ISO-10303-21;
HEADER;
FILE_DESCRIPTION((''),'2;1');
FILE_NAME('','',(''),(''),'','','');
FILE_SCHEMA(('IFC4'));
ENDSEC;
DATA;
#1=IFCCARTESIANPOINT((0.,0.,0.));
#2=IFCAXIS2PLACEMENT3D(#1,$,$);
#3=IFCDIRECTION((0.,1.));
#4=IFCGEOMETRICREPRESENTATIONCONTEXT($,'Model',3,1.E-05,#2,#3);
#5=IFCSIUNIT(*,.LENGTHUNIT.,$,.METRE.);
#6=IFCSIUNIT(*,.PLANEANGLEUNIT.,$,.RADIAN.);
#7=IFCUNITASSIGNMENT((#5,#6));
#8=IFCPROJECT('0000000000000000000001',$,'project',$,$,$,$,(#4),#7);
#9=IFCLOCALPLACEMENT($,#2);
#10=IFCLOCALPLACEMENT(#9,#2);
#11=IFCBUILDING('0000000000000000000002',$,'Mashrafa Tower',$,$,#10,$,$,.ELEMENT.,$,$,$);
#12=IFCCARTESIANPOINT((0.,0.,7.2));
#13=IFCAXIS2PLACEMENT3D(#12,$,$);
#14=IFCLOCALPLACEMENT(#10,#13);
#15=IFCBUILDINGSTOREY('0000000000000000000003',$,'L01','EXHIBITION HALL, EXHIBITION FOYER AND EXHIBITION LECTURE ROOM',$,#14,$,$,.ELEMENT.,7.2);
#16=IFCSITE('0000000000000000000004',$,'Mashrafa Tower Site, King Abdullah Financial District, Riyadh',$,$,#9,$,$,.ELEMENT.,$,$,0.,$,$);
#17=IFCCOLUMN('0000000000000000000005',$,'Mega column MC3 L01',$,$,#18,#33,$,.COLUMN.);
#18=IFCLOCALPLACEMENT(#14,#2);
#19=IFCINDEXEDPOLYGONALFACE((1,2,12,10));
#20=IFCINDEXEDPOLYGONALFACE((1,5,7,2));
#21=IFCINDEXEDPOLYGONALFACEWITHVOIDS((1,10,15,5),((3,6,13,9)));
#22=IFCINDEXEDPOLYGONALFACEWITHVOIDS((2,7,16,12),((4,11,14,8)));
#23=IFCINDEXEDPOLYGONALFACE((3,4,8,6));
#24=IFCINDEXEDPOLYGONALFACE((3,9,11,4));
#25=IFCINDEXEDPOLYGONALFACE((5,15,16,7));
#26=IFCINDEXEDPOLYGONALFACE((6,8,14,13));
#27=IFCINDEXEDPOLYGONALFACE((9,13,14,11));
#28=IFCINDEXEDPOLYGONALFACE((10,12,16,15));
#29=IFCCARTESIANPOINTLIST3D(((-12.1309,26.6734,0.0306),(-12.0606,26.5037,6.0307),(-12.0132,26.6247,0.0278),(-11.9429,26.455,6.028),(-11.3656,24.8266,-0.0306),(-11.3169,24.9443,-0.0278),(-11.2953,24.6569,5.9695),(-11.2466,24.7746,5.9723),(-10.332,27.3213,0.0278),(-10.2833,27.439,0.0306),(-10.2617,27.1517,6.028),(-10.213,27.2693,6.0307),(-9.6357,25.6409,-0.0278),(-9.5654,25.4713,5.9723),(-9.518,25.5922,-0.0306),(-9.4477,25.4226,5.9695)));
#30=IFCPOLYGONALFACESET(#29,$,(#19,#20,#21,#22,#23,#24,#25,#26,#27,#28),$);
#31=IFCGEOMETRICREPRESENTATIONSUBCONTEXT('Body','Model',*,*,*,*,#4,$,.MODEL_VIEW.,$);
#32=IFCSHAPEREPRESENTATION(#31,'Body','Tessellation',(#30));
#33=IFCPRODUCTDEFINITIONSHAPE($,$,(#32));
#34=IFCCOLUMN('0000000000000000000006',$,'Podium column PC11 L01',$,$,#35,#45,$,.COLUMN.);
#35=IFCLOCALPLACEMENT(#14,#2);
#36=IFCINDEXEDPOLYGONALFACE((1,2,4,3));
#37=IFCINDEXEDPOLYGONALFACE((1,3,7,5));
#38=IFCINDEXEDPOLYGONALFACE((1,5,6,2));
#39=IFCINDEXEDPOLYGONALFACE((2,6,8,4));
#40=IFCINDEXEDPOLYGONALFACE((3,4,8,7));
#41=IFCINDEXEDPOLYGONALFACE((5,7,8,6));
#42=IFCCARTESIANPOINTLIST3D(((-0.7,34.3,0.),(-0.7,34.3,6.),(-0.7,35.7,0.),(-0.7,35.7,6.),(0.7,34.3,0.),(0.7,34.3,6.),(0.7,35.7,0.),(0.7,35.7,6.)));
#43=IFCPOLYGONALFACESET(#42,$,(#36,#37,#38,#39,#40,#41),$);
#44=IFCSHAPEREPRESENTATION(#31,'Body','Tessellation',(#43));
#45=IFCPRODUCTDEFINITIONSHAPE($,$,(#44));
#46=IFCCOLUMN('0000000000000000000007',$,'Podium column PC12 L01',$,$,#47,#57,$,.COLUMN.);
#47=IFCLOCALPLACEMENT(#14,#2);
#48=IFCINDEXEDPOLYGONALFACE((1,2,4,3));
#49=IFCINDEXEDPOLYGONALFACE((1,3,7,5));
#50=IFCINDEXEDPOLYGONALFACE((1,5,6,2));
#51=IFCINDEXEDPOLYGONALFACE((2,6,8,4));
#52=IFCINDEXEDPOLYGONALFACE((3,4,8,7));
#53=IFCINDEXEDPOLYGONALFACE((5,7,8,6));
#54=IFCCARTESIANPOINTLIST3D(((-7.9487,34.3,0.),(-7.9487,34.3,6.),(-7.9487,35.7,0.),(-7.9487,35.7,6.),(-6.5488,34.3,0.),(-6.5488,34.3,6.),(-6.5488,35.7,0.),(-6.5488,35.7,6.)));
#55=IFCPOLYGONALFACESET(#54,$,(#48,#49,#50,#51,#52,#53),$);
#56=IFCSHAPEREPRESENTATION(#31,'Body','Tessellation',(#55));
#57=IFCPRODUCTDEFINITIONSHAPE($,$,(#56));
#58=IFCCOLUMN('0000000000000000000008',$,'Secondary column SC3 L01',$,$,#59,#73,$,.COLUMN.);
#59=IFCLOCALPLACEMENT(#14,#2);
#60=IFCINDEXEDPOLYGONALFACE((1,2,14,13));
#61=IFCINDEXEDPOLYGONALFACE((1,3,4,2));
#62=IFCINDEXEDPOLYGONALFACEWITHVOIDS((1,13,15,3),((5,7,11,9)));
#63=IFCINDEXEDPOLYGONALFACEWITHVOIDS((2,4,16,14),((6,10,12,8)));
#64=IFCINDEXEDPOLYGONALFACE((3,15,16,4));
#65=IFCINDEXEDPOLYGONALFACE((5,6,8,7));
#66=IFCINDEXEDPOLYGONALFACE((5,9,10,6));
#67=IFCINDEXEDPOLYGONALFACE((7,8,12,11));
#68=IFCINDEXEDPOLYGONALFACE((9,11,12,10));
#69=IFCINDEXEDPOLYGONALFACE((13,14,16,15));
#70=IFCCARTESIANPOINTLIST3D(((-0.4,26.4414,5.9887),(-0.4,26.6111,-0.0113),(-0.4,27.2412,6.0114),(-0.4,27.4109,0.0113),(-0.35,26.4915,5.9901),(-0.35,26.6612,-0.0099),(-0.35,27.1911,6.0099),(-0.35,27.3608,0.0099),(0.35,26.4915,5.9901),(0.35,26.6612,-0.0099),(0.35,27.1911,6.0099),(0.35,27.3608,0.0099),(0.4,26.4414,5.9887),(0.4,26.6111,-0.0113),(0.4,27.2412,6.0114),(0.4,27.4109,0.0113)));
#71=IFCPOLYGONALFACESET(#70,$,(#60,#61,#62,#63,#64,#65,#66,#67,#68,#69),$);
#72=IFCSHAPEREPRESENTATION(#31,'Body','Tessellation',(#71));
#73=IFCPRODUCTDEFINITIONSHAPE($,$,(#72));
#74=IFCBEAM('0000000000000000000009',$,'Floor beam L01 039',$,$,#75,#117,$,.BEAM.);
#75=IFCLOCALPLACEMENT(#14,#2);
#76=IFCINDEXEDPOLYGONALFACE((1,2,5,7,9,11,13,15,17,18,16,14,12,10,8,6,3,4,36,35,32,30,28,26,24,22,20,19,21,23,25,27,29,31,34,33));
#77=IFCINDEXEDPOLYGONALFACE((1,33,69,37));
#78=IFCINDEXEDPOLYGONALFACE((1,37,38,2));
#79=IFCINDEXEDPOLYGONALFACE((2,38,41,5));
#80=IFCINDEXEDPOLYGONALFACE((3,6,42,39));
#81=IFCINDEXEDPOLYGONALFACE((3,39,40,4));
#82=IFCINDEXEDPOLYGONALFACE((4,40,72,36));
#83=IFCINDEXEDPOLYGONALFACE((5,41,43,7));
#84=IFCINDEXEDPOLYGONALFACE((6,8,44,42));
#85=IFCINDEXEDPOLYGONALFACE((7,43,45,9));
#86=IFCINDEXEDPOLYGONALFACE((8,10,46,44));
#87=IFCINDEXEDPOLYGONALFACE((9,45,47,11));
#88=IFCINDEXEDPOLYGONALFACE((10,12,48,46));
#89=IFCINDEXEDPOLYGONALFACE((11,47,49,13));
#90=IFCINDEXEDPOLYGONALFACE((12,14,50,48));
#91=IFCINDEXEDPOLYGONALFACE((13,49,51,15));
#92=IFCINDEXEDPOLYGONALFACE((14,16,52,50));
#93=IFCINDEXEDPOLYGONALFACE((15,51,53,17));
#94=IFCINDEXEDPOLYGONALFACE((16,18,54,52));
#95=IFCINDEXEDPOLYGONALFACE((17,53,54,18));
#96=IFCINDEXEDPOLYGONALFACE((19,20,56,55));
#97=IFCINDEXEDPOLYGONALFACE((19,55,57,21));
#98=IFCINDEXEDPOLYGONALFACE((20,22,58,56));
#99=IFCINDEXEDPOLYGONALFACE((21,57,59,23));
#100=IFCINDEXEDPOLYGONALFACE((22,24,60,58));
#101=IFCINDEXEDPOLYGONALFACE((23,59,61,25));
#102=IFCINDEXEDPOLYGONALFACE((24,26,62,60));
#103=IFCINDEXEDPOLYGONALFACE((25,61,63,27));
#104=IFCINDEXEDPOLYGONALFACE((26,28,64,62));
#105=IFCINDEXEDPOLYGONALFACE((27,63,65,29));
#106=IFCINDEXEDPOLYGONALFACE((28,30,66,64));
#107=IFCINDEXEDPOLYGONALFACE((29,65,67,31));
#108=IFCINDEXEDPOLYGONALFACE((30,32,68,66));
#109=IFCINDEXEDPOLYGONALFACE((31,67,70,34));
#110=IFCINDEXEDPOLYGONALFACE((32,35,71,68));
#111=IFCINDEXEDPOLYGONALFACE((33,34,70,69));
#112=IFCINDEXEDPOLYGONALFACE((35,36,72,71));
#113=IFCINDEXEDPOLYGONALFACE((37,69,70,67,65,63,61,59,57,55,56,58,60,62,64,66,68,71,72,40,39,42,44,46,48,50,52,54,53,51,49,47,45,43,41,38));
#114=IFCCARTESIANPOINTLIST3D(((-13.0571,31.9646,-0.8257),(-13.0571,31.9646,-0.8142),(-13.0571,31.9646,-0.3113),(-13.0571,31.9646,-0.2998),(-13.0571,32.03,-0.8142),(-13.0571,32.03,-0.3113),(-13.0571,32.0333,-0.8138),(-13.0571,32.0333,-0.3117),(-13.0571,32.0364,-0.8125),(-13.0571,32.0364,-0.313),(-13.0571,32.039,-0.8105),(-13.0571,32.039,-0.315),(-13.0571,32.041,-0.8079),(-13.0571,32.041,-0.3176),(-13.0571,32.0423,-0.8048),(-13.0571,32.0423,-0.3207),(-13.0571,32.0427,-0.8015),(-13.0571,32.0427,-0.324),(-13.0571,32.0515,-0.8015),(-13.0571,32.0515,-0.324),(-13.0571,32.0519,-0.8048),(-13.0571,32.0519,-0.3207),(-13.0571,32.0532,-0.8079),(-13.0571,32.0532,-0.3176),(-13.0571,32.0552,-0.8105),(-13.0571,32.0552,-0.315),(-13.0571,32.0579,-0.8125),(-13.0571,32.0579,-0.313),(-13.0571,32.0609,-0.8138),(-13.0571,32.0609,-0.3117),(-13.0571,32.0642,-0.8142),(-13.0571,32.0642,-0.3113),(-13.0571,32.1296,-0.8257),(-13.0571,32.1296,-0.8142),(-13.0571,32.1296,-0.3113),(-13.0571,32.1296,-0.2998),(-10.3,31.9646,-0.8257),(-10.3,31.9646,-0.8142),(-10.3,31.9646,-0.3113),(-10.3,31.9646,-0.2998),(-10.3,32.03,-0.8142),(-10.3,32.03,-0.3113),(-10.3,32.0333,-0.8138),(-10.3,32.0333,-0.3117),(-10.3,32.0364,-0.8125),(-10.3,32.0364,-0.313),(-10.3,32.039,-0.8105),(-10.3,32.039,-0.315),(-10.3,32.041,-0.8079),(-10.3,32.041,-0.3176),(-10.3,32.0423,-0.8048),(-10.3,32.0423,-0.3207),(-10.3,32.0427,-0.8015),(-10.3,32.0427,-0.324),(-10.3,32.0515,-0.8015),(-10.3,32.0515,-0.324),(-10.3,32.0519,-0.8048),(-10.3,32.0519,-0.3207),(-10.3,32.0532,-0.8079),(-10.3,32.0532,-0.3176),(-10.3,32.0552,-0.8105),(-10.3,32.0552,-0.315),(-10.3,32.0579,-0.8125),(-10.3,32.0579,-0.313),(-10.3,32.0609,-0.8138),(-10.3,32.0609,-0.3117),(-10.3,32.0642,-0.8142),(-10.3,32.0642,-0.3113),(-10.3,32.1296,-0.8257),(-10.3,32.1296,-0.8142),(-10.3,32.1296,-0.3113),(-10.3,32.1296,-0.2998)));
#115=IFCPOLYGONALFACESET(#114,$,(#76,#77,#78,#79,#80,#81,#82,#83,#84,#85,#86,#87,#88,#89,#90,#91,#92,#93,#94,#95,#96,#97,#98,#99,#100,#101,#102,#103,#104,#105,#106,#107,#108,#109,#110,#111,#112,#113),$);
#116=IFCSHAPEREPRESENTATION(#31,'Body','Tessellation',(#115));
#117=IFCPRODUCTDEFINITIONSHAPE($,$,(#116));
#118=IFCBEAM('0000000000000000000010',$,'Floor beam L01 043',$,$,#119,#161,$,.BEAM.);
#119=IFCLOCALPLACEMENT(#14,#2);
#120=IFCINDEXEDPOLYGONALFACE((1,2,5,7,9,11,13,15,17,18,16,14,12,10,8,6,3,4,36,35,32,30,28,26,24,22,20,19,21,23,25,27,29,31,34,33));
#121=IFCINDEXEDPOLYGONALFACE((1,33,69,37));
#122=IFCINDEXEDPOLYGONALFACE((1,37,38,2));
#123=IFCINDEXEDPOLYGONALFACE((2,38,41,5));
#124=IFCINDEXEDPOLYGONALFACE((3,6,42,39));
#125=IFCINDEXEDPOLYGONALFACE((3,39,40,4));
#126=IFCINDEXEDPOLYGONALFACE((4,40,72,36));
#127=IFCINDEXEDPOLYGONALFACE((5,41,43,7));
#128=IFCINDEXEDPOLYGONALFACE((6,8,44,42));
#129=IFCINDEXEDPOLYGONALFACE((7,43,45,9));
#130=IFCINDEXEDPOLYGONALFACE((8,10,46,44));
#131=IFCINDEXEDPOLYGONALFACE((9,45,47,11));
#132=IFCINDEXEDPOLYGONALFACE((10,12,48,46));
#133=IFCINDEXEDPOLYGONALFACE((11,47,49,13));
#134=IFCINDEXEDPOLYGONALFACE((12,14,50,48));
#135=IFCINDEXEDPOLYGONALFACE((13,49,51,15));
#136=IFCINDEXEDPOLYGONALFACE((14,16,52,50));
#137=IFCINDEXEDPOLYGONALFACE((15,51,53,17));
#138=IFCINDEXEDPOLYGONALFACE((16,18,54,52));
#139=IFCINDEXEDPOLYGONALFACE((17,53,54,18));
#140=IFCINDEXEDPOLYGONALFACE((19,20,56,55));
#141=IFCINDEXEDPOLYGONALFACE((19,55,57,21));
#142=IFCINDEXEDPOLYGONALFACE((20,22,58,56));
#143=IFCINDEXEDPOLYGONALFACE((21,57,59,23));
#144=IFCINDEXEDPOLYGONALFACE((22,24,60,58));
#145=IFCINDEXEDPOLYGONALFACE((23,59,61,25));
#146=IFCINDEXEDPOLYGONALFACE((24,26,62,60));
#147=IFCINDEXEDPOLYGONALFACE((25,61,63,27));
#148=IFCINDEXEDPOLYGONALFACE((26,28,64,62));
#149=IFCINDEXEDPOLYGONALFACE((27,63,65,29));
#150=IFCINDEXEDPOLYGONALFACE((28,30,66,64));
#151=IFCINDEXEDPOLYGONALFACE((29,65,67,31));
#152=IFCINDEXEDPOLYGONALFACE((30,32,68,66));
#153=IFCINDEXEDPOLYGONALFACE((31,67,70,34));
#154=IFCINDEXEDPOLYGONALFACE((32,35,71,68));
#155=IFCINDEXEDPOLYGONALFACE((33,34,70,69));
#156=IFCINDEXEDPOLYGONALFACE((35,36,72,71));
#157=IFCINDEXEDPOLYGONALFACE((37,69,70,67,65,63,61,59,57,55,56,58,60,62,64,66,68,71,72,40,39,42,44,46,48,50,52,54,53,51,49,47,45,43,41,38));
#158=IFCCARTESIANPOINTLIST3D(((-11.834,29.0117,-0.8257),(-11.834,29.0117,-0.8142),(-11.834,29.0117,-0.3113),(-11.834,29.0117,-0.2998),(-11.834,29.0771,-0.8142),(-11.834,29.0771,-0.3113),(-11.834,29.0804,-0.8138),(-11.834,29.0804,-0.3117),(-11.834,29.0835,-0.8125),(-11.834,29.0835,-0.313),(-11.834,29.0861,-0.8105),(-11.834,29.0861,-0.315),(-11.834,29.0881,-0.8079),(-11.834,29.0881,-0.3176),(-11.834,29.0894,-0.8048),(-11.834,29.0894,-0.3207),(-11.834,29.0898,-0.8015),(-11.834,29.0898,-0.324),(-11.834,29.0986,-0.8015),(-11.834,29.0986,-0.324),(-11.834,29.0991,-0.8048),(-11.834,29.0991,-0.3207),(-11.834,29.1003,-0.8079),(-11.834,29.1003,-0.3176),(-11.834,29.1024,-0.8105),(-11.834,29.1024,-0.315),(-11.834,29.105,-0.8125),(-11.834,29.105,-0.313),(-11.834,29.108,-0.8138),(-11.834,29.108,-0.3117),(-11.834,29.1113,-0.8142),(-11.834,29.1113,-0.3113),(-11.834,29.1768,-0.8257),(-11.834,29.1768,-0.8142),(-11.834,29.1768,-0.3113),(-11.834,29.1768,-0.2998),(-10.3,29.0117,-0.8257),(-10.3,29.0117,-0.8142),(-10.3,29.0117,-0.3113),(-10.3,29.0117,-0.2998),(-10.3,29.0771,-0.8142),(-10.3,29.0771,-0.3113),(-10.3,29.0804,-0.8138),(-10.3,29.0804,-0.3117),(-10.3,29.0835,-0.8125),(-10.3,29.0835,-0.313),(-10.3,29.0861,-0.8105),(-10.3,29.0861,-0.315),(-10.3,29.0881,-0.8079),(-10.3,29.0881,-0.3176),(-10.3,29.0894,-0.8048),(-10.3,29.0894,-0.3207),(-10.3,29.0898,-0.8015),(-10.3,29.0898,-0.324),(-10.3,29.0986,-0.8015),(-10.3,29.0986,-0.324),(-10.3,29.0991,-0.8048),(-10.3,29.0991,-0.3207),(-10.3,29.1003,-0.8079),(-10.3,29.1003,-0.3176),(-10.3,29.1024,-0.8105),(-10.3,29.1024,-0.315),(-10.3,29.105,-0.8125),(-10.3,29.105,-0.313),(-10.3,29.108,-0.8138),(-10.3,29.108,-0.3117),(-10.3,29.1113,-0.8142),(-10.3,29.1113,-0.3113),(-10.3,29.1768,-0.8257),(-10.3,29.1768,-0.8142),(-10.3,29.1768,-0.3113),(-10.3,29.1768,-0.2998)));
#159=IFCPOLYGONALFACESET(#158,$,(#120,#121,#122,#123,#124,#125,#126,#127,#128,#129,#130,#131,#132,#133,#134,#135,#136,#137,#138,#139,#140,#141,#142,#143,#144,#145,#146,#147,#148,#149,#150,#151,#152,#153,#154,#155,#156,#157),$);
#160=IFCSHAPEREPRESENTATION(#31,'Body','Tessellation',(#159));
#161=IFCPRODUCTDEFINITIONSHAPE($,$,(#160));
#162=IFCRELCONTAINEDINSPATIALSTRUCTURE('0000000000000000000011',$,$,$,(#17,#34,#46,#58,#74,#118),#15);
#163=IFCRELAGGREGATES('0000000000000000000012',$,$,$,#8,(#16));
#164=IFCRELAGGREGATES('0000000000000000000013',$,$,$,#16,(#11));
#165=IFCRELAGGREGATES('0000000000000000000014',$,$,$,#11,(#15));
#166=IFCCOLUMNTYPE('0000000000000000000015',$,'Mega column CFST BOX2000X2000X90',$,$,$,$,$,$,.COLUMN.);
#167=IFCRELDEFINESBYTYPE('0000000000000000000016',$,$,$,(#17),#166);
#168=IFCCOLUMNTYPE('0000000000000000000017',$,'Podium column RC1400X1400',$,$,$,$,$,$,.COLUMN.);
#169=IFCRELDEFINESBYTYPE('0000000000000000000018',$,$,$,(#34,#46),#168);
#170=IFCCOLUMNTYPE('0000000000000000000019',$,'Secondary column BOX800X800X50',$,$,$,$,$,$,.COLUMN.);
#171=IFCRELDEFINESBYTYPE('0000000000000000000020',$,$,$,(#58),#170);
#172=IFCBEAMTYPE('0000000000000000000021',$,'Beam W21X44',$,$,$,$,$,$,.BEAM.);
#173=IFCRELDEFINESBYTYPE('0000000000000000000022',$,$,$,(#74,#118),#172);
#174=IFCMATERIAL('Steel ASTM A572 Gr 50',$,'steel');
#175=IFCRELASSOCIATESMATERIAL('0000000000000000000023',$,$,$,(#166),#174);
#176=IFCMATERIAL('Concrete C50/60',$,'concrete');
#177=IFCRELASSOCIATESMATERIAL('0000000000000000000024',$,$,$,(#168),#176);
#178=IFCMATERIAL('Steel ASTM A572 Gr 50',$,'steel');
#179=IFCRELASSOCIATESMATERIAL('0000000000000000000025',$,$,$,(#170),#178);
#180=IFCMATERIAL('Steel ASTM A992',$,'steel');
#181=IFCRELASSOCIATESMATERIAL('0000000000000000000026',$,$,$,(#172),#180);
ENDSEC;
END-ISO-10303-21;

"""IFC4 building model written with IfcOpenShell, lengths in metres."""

from ifc_helpers import new_model, si_unit, direction, frame, origin, origin_2d, place, context, subcontext, project, spatial, rectangle, hollow_rectangle, i_section, extrude, material, material_profile, profile_set, type_object, element, save


model = new_model("IFC4")

# Units and contexts
model_context = context("Model", 3, precision=1e-05, world=origin(), true_north=direction((0.0, 1.0)))
body_context = subcontext(model_context, "Body", "Model", "MODEL_VIEW")
ifc_project = project(units=[si_unit("LENGTHUNIT", "METRE"), si_unit("PLANEANGLEUNIT", "RADIAN")], contexts=[model_context])

# Site, building, storey
site_placement = place(None, origin())
site = spatial("IfcSite", under=ifc_project, at=site_placement, Name="Mashrafa Tower Site, King Abdullah Financial District, Riyadh", CompositionType="ELEMENT", RefElevation=0.0)
building_placement = place(site_placement, origin())
building = spatial("IfcBuilding", under=site, at=building_placement, Name="Mashrafa Tower", CompositionType="ELEMENT")
storey_placement = place(building_placement, frame((0.0, 0.0, 7.2)))
storey = spatial("IfcBuildingStorey", under=building, at=storey_placement, Name="L01", Description="EXHIBITION HALL, EXHIBITION FOYER AND EXHIBITION LECTURE ROOM", CompositionType="ELEMENT", Elevation=7.2)

# Columns
ifc_material_1 = material(Name="Steel ASTM A572 Gr 50", Category="steel")
ifc_material_profile_1 = material_profile(ifc_material_1, hollow_rectangle(XDim=2.0, YDim=2.0, WallThickness=0.0901, at=origin_2d()), Name="BOX2000X2000X90")
ifc_profile_set_1 = profile_set([ifc_material_profile_1], Name="Steel ASTM A572 Gr 50")
column_type_1 = type_object("IfcColumnType", Name="Mega column CFST BOX2000X2000X90", PredefinedType="COLUMN", material=ifc_profile_set_1)
column_1_placement = place(storey_placement, frame((-10.8245, 26.1328, 0.0), z_axis=(0.011713, -0.028266, 0.999532), x_axis=(0.923822, 0.382821, 0.0)))
element("IfcColumn", 1, at=column_1_placement, inside=storey, type_object=column_type_1, Name="Mega column MC3 L01", PredefinedType="COLUMN", context=body_context, shape_type="SweptSolid", body=[
    extrude(hollow_rectangle(XDim=2.0, YDim=2.0, WallThickness=0.0901, at=origin_2d()), origin(), (0.0, 0.0, 1.0), 6.0029),
])
ifc_material_2 = material(Name="Concrete C50/60", Category="concrete")
ifc_material_profile_2 = material_profile(ifc_material_2, rectangle(XDim=1.3999, YDim=1.3999, at=origin_2d()), Name="RC1400X1400")
ifc_profile_set_2 = profile_set([ifc_material_profile_2], Name="Concrete C50/60")
column_type_2 = type_object("IfcColumnType", Name="Podium column RC1400X1400", PredefinedType="COLUMN", material=ifc_profile_set_2)
for number, where, z_axis, x_axis, name in (
    (2, (0.0, 35.0, 0.0), (0.0, 0.0, 1.0), (1.0, 0.0, 0.0), "Podium column PC11 L01"),
    (3, (-7.2488, 35.0, 0.0), (0.0, 0.0, 1.0), (1.0, 0.0, 0.0), "Podium column PC12 L01"),
):
    element("IfcColumn", number, at=place(storey_placement, frame(where, z_axis=z_axis, x_axis=x_axis)), inside=storey, type_object=column_type_2, Name=name, PredefinedType="COLUMN", context=body_context, shape_type="SweptSolid", body=[
        extrude(rectangle(XDim=1.3999, YDim=1.3999, at=origin_2d()), origin(), (0.0, 0.0, 1.0), 6.0),
    ])
ifc_material_3 = material(Name="Steel ASTM A572 Gr 50", Category="steel")
ifc_material_profile_3 = material_profile(ifc_material_3, hollow_rectangle(XDim=0.8, YDim=0.8, WallThickness=0.05, at=origin_2d()), Name="BOX800X800X50")
ifc_profile_set_3 = profile_set([ifc_material_profile_3], Name="Steel ASTM A572 Gr 50")
column_type_3 = type_object("IfcColumnType", Name="Secondary column BOX800X800X50", PredefinedType="COLUMN", material=ifc_profile_set_3)
column_2_placement = place(storey_placement, frame((0.0, 27.011, 0.0), z_axis=(0.0, -0.028268, 0.9996), x_axis=(1.0, 0.0, 0.0)))
element("IfcColumn", 4, at=column_2_placement, inside=storey, type_object=column_type_3, Name="Secondary column SC3 L01", PredefinedType="COLUMN", context=body_context, shape_type="SweptSolid", body=[
    extrude(hollow_rectangle(XDim=0.8, YDim=0.8, WallThickness=0.05, at=origin_2d()), origin(), (0.0, 0.0, 1.0), 6.0024),
])

# Beams
ifc_material_4 = material(Name="Steel ASTM A992", Category="steel")
ifc_material_profile_4 = material_profile(ifc_material_4, i_section(OverallWidth=0.165, OverallDepth=0.5259, WebThickness=0.0088, FlangeThickness=0.0115, FilletRadius=0.0127, at=origin_2d()), Name="W21X44")
ifc_profile_set_4 = profile_set([ifc_material_profile_4], Name="Steel ASTM A992")
beam_type_1 = type_object("IfcBeamType", Name="Beam W21X44", PredefinedType="BEAM", material=ifc_profile_set_4)
beam_1_placement = place(storey_placement, frame((-13.0571, 32.0471, -0.5627), z_axis=(1.0, 0.0, 0.0), x_axis=(0.0, 1.0, 0.0)))
element("IfcBeam", 5, at=beam_1_placement, inside=storey, type_object=beam_type_1, Name="Floor beam L01 039", PredefinedType="BEAM", context=body_context, shape_type="SweptSolid", body=[
    extrude(i_section(OverallWidth=0.165, OverallDepth=0.5259, WebThickness=0.0088, FlangeThickness=0.0115, FilletRadius=0.0127, at=origin_2d()), origin(), (0.0, 0.0, 1.0), 2.7571),
])
beam_2_placement = place(storey_placement, frame((-11.834, 29.0942, -0.5627), z_axis=(1.0, 0.0, 0.0), x_axis=(0.0, 1.0, 0.0)))
element("IfcBeam", 6, at=beam_2_placement, inside=storey, type_object=beam_type_1, Name="Floor beam L01 043", PredefinedType="BEAM", context=body_context, shape_type="SweptSolid", body=[
    extrude(i_section(OverallWidth=0.165, OverallDepth=0.5259, WebThickness=0.0088, FlangeThickness=0.0115, FilletRadius=0.0127, at=origin_2d()), origin(), (0.0, 0.0, 1.0), 1.5339),
])

save(model, "model.ifc")
